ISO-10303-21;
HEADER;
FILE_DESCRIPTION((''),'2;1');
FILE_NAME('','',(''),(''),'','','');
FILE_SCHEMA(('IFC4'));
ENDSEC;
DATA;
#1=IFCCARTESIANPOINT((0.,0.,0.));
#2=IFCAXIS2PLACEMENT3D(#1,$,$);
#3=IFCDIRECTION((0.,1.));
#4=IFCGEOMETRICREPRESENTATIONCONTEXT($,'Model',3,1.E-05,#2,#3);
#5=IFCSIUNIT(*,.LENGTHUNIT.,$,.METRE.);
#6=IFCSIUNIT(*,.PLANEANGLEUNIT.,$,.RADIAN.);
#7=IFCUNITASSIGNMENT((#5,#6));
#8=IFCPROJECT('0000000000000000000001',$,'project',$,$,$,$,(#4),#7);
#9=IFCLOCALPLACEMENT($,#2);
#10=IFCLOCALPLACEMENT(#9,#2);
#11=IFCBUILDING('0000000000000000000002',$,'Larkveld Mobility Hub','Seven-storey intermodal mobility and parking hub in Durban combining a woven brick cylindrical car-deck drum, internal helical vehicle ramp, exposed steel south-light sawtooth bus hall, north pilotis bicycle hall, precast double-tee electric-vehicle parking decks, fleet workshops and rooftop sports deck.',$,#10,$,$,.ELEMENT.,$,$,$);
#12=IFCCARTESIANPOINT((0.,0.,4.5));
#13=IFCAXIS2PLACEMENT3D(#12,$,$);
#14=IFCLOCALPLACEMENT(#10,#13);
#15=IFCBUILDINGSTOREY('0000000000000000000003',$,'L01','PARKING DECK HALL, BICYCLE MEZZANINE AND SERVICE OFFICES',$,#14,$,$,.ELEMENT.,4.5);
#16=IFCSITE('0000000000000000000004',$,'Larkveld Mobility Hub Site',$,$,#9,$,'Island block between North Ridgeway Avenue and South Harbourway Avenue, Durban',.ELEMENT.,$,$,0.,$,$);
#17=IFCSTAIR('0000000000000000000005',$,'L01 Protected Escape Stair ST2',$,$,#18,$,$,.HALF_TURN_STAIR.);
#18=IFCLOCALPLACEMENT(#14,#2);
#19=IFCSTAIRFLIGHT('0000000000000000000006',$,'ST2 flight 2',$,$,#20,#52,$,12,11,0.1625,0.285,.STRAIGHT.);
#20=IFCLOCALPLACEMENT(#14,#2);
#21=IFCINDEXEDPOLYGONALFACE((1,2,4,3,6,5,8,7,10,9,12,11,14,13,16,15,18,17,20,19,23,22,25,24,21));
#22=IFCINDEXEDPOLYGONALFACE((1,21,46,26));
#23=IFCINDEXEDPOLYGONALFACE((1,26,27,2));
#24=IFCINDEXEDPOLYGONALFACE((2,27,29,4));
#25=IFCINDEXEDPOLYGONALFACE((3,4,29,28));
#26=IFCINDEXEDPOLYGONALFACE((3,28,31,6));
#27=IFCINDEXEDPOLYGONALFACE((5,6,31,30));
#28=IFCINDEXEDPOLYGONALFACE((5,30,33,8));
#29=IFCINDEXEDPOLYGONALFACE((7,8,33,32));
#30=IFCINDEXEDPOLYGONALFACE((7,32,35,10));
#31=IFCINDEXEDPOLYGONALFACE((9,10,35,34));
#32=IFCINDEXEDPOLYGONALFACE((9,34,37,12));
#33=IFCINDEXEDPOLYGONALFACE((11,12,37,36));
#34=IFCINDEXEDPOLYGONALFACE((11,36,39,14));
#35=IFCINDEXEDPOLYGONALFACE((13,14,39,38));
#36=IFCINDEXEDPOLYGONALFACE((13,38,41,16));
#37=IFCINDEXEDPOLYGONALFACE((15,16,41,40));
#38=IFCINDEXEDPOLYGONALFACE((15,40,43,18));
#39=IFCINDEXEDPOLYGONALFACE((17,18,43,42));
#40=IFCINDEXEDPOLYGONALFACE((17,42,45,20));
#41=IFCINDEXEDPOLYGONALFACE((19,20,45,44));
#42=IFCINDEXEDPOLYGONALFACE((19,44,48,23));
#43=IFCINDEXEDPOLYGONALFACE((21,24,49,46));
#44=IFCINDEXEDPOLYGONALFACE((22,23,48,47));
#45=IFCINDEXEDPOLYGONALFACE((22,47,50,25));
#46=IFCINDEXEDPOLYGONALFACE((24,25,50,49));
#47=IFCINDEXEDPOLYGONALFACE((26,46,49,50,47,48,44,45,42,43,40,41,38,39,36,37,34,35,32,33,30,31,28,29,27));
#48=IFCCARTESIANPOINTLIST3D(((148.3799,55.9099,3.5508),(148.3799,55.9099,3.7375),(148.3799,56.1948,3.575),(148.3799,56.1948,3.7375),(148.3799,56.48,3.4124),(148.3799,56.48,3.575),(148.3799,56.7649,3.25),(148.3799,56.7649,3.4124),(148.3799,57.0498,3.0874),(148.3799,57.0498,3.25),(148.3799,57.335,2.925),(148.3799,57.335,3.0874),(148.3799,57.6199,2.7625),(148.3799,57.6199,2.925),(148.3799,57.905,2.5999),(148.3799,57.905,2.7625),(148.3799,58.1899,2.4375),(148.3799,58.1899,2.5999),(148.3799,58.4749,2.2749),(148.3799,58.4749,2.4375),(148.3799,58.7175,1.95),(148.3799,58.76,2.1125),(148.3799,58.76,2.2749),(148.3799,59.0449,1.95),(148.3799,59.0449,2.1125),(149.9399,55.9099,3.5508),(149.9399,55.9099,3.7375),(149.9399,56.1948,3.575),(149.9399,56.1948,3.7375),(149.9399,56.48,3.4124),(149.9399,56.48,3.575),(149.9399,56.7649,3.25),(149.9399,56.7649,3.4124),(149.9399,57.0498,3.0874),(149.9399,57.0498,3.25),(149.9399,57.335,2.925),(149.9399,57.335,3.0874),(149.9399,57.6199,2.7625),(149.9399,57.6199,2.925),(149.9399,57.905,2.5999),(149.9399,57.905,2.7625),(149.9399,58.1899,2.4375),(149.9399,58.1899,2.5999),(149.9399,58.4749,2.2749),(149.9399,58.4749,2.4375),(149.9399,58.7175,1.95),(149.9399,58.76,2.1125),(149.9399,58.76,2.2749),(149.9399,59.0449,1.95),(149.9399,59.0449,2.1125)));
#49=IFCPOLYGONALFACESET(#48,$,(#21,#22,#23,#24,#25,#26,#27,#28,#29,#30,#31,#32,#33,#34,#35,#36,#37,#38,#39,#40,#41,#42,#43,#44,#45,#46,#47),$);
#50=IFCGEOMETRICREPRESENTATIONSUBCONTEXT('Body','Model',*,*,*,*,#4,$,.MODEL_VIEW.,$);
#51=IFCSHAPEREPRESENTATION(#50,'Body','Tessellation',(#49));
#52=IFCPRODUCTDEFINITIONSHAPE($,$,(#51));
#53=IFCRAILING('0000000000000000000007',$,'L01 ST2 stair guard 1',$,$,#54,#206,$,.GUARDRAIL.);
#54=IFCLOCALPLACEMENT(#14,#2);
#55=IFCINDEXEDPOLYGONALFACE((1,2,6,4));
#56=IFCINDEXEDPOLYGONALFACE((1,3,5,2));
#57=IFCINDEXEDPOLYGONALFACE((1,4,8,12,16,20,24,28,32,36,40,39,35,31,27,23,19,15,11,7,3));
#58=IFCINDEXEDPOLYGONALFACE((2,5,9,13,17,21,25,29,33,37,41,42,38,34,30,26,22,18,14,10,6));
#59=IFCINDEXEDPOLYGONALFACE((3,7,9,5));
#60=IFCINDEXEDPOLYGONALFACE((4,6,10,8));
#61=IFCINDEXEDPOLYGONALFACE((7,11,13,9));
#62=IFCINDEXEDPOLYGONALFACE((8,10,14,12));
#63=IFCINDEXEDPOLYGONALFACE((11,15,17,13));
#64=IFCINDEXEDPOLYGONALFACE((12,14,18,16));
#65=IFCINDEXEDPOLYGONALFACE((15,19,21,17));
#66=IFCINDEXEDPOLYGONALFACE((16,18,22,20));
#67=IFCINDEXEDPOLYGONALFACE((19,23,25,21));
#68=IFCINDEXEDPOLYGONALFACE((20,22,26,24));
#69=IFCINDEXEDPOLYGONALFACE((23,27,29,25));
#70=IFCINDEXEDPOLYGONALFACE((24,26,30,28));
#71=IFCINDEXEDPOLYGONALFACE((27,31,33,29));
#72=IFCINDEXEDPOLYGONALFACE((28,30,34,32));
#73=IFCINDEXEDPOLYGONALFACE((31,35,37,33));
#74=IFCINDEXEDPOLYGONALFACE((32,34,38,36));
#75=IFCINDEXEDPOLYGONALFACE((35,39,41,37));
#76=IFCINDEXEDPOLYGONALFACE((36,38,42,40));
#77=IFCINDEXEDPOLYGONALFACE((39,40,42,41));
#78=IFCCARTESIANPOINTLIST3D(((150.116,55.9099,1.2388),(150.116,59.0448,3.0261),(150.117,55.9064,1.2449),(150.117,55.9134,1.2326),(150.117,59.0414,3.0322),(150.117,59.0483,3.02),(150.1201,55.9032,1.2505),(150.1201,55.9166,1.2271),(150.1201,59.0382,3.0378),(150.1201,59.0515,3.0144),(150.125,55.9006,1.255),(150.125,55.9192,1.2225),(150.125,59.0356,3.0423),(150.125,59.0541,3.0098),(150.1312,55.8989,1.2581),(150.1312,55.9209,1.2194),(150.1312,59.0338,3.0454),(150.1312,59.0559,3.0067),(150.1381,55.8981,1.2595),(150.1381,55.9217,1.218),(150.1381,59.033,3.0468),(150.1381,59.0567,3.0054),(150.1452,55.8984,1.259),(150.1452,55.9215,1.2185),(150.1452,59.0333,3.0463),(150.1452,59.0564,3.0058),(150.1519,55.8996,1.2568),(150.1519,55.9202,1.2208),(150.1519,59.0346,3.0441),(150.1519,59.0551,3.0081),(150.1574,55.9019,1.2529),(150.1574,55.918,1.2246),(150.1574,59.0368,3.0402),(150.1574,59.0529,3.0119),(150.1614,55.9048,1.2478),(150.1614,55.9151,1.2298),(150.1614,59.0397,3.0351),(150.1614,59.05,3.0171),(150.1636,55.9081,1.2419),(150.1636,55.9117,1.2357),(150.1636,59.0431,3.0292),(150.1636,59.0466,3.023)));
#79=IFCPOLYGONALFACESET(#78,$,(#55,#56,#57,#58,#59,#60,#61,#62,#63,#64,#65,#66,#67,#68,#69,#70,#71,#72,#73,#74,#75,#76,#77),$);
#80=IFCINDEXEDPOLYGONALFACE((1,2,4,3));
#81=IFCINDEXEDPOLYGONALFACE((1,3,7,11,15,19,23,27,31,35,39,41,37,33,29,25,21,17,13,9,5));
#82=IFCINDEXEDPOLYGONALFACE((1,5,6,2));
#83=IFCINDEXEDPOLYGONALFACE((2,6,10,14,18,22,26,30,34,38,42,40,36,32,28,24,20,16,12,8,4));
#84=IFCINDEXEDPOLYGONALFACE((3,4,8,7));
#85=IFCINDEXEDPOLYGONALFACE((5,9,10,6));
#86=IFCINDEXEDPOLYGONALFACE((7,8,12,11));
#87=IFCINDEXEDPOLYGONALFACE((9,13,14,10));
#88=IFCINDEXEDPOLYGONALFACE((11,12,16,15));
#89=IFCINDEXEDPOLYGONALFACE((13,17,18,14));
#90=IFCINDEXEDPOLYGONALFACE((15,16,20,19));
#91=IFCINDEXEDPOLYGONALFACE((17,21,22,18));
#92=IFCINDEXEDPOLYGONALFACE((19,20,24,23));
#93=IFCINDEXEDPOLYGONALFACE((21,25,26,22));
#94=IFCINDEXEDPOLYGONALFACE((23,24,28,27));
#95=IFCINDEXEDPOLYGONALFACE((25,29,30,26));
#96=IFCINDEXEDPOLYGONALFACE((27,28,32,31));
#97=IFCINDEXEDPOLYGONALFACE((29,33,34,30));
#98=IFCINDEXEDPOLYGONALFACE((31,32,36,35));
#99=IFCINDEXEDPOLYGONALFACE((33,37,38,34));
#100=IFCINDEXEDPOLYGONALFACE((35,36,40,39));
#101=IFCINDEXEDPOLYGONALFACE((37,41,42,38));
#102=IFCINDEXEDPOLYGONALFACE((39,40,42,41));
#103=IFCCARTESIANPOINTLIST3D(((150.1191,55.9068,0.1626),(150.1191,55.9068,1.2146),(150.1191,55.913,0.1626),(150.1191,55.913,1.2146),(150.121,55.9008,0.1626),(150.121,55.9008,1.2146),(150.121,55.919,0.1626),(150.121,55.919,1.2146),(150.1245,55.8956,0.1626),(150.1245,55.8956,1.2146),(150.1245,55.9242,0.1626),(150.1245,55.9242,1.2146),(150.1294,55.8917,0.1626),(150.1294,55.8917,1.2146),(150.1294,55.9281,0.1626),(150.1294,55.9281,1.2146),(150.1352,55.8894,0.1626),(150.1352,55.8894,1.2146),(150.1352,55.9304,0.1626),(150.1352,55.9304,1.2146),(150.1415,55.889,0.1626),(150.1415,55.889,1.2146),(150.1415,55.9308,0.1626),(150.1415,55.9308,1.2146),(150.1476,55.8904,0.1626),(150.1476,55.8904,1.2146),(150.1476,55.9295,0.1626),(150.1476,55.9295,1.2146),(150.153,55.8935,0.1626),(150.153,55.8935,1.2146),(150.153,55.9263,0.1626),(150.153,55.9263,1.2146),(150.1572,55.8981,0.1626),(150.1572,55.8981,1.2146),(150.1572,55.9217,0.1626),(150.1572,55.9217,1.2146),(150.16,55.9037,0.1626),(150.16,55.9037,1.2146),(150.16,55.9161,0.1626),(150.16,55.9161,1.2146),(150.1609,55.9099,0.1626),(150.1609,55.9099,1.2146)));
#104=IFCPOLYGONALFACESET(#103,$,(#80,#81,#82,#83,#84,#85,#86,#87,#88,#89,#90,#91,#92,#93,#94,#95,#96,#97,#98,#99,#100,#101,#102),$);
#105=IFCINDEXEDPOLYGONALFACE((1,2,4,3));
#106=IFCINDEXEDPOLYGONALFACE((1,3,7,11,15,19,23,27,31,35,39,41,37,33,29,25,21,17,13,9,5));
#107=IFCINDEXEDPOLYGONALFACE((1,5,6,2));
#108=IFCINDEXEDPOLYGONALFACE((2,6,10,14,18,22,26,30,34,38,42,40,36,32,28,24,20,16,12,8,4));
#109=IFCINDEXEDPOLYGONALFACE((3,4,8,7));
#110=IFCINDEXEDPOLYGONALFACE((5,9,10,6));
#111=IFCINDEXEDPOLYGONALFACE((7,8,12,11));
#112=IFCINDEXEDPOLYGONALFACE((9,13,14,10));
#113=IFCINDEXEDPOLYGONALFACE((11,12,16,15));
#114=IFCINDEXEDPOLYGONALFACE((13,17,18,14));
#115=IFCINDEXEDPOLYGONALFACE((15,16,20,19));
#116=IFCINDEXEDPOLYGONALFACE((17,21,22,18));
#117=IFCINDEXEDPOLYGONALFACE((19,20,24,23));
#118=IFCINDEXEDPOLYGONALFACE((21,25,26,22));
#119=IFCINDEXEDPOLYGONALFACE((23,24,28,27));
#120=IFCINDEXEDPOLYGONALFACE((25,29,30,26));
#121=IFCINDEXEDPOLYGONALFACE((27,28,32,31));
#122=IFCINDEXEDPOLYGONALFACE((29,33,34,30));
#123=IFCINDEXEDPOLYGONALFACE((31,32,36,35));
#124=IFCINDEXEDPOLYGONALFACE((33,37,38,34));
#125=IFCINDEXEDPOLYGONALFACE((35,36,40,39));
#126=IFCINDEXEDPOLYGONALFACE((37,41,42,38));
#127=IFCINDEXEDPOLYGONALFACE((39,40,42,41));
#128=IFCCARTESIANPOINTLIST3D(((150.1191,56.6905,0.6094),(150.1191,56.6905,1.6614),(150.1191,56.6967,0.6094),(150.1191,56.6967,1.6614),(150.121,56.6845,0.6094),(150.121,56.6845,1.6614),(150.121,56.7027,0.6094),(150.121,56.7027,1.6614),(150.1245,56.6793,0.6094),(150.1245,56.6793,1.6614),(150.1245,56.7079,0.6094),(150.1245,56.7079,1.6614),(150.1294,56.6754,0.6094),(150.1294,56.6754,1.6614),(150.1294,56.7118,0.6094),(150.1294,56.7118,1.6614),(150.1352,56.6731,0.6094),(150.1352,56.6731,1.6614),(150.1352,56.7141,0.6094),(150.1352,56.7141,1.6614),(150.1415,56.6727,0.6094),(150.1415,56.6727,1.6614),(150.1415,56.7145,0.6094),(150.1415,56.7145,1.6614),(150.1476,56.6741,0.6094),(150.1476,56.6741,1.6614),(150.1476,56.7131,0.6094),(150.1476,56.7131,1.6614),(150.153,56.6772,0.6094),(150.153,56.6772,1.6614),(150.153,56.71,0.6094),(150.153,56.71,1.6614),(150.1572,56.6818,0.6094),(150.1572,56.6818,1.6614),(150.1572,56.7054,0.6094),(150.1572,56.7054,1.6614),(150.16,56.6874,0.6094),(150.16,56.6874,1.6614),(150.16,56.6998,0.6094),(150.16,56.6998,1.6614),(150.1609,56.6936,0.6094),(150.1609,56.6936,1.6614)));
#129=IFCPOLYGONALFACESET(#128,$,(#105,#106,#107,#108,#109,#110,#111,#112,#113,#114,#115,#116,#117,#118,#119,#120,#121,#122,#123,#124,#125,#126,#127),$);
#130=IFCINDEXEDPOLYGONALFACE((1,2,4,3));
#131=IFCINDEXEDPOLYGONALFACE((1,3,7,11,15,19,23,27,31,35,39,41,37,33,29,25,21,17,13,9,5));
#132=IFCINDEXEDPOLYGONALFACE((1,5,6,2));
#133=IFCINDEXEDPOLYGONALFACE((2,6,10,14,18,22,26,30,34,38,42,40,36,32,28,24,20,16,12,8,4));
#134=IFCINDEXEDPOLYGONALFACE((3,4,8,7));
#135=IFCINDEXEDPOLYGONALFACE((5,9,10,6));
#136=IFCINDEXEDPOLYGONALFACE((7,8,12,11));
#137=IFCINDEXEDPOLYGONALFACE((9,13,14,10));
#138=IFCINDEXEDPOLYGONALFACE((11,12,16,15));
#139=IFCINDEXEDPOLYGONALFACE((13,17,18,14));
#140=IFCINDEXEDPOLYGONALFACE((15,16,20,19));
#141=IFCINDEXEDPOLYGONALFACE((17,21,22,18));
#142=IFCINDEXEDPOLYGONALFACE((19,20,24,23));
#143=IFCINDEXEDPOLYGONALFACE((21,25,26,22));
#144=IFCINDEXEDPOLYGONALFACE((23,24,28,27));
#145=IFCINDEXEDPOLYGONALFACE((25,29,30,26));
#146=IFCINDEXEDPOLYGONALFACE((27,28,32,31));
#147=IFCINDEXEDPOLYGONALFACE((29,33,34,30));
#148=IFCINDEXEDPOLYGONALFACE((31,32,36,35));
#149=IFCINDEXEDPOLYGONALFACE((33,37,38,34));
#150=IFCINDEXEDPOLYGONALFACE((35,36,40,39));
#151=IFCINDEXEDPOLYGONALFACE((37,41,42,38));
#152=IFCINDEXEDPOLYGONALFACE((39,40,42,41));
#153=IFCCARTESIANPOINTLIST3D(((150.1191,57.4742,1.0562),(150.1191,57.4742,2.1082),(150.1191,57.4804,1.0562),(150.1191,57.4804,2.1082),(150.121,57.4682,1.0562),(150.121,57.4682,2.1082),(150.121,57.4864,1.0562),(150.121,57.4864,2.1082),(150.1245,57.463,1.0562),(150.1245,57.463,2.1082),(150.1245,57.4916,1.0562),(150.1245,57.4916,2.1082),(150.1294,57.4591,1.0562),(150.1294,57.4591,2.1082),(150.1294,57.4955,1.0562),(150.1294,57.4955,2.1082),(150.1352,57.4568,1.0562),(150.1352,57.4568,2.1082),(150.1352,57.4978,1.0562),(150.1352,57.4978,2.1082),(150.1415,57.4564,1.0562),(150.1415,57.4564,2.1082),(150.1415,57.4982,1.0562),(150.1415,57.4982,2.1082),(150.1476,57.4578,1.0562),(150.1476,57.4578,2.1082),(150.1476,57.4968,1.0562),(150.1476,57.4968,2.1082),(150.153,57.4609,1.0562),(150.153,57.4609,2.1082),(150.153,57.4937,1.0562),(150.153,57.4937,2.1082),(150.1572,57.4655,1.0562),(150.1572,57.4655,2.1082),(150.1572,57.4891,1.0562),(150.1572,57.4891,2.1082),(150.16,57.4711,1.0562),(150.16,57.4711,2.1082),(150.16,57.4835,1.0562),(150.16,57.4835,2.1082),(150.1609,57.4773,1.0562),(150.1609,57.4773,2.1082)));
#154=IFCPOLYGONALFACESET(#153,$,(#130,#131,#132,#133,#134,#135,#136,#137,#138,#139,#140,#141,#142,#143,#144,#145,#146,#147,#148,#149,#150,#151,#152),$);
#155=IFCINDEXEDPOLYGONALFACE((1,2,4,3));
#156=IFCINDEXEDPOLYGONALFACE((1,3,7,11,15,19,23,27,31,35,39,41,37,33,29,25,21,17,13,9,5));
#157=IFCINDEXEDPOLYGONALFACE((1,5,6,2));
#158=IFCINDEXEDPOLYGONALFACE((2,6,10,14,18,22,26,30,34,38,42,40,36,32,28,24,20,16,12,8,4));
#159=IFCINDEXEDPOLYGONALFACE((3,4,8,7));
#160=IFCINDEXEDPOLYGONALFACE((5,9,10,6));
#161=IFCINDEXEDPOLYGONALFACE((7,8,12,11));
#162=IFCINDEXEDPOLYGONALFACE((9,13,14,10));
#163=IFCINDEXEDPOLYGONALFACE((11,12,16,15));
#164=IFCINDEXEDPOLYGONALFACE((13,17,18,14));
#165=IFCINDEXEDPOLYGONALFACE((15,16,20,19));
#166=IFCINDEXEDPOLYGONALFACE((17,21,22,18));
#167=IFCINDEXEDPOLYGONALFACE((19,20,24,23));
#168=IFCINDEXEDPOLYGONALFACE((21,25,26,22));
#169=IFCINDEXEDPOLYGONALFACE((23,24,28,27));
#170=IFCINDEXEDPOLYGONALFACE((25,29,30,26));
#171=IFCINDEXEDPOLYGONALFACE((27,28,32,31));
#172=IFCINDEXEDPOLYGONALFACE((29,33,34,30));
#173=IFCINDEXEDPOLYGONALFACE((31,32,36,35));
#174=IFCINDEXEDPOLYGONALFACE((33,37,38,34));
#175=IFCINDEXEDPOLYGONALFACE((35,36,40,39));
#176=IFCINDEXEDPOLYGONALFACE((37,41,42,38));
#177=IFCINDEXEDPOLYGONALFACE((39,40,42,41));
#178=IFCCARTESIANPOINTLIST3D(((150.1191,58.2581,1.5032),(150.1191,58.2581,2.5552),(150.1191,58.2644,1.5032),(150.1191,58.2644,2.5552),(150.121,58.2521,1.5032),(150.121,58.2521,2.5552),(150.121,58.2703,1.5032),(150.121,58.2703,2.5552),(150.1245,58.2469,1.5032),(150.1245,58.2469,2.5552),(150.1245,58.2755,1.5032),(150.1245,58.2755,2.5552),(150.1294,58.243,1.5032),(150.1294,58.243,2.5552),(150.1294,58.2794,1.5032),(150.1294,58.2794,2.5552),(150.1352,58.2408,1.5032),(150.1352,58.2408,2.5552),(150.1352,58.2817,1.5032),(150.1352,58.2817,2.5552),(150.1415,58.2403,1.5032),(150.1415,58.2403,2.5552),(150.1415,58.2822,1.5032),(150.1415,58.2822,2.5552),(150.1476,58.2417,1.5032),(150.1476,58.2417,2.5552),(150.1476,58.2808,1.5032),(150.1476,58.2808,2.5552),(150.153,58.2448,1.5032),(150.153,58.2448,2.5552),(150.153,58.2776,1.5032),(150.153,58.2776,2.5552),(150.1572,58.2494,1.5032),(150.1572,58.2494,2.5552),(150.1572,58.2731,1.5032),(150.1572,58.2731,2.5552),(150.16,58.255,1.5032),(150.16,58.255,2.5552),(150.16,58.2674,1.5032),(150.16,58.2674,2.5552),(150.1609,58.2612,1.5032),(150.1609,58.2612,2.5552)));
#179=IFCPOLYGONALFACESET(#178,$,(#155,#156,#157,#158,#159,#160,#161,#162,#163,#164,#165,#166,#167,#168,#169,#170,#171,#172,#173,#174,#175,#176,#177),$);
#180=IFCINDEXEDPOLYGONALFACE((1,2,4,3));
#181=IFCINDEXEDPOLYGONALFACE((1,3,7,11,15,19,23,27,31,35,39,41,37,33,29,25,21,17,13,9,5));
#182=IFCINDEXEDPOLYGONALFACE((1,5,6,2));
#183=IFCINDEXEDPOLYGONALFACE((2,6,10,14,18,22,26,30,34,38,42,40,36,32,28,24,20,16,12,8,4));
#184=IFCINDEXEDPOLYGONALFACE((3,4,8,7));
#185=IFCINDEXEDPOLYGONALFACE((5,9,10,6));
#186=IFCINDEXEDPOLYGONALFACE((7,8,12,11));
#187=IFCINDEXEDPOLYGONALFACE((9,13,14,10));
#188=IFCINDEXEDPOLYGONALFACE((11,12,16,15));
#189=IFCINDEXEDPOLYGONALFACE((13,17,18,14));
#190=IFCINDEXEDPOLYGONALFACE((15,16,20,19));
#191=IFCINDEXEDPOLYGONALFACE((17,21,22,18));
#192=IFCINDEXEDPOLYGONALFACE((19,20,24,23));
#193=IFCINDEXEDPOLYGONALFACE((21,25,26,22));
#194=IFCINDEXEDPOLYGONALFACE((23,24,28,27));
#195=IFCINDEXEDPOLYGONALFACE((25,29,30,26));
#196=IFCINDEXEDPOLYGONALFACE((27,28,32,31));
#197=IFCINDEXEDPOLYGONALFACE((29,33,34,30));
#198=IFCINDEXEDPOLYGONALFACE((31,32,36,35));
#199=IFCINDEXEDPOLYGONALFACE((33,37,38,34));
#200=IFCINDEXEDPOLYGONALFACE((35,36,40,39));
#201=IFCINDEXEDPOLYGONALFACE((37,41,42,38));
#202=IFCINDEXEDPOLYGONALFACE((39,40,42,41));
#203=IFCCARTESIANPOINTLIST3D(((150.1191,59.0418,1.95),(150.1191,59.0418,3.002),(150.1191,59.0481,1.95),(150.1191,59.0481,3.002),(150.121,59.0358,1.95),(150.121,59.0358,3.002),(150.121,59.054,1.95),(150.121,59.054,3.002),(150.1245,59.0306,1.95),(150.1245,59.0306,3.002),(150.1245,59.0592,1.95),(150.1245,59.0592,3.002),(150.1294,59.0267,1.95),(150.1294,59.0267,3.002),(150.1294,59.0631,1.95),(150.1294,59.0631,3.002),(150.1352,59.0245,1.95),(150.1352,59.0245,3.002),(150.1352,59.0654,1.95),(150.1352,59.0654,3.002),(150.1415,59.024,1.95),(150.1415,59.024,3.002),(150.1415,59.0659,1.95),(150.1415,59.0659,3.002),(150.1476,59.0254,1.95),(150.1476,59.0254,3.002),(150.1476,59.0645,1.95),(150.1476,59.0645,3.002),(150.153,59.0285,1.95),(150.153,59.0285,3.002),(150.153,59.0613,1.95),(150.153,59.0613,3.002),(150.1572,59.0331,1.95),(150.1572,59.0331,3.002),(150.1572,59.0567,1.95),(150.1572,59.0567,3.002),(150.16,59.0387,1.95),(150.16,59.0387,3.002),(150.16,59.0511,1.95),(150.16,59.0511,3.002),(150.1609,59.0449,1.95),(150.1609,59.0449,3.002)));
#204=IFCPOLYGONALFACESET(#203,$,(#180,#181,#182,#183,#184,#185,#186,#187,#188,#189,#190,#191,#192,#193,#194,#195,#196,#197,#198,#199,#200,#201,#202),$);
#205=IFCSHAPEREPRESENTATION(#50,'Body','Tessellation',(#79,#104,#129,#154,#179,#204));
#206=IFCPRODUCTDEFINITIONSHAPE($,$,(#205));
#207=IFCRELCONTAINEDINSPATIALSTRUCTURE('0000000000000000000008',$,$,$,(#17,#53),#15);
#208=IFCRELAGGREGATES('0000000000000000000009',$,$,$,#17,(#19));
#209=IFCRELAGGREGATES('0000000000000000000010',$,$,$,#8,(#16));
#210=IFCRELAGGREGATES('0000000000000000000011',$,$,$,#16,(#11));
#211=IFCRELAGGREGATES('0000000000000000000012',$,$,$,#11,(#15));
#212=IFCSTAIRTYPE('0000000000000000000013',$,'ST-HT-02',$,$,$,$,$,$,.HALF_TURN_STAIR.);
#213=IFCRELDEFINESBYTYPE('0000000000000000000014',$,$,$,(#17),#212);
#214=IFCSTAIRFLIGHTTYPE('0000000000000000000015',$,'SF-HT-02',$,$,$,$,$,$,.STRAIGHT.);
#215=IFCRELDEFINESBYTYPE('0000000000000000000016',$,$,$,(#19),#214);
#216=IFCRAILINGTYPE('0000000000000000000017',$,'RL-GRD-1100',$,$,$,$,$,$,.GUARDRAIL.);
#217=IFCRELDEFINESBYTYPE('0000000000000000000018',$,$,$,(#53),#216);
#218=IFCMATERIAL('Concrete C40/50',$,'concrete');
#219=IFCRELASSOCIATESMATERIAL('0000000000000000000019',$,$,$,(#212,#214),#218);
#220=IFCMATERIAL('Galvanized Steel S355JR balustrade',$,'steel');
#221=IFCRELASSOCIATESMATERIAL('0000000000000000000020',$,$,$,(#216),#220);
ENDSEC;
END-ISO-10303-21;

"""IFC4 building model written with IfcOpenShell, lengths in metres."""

from ifc_helpers import new_model, si_unit, direction, frame, origin, origin_2d, place, context, subcontext, project, spatial, polyline, circle, outline, extrude, material, type_object, element, aggregate, save


model = new_model("IFC4")

# Units and contexts
model_context = context("Model", 3, precision=1e-05, world=origin(), true_north=direction((0.0, 1.0)))
body_context = subcontext(model_context, "Body", "Model", "MODEL_VIEW")
ifc_project = project(units=[si_unit("LENGTHUNIT", "METRE"), si_unit("PLANEANGLEUNIT", "RADIAN")], contexts=[model_context])

# Site, building, storey
site_placement = place(None, origin())
site = spatial("IfcSite", under=ifc_project, at=site_placement, Name="Larkveld Mobility Hub Site", LongName="Island block between North Ridgeway Avenue and South Harbourway Avenue, Durban", CompositionType="ELEMENT", RefElevation=0.0)
building_placement = place(site_placement, origin())
building = spatial("IfcBuilding", under=site, at=building_placement, Name="Larkveld Mobility Hub", Description="Seven-storey intermodal mobility and parking hub in Durban combining a woven brick cylindrical car-deck drum, internal helical vehicle ramp, exposed steel south-light sawtooth bus hall, north pilotis bicycle hall, precast double-tee electric-vehicle parking decks, fleet workshops and rooftop sports deck.", CompositionType="ELEMENT")
storey_placement = place(building_placement, frame((0.0, 0.0, 4.5)))
storey = spatial("IfcBuildingStorey", under=building, at=storey_placement, Name="L01", Description="PARKING DECK HALL, BICYCLE MEZZANINE AND SERVICE OFFICES", CompositionType="ELEMENT", Elevation=4.5)

# Shared definitions
ifc_material_1 = material(Name="Concrete C40/50", Category="concrete")

# Stair, stair flight
stair_type = type_object("IfcStairType", Name="ST-HT-02", PredefinedType="HALF_TURN_STAIR", material=ifc_material_1)
stair_placement = place(storey_placement, origin())
stair = element("IfcStair", 1, at=stair_placement, inside=storey, type_object=stair_type, Name="L01 Protected Escape Stair ST2", PredefinedType="HALF_TURN_STAIR")
stair_flight_type = type_object("IfcStairFlightType", Name="SF-HT-02", PredefinedType="STRAIGHT", material=ifc_material_1)
stair_flight_1_placement = place(storey_placement, frame((149.1599, 59.0449, 1.95), z_axis=(0.0, 0.0, 1.0), x_axis=(0.0, -1.0, 0.0)))
stair_flight_1 = element("IfcStairFlight", 2, at=stair_flight_1_placement, type_object=stair_flight_type, Name="ST2 flight 2", NumberOfRisers=12, NumberOfTreads=11, PredefinedType="STRAIGHT", RiserHeight=0.1625, TreadLength=0.285, context=body_context, shape_type="SweptSolid", body=[
    extrude(outline(polyline([(0.0, 0.0), (0.0, 0.1626), (0.2849, 0.1626), (0.2849, 0.325), (0.5701, 0.325), (0.5701, 0.4875), (0.855, 0.4875), (0.855, 0.6499), (1.1399, 0.6499), (1.1399, 0.8125), (1.425, 0.8125), (1.425, 0.9751), (1.71, 0.9751), (1.71, 1.1375), (1.9951, 1.1375), (1.9951, 1.3), (2.28, 1.3), (2.28, 1.4624), (2.5649, 1.4624), (2.5649, 1.625), (2.8501, 1.625), (2.8501, 1.7876), (3.135, 1.7876), (3.135, 1.95), (3.135, 1.6008), (0.3274, 0.0), (0.0, 0.0)])), frame((0.0, 0.78, 0.0), z_axis=(0.0, -1.0, 0.0), x_axis=(1.0, 0.0, 0.0)), (0.0, 0.0, 1.0), 1.5601),
])
aggregate(stair, [stair_flight_1])

# Railing
ifc_material_2 = material(Name="Galvanized Steel S355JR balustrade", Category="steel")
railing_type_1 = type_object("IfcRailingType", Name="RL-GRD-1100", PredefinedType="GUARDRAIL", material=ifc_material_2)
railing_1_placement = place(storey_placement, frame((150.1399, 55.9099, 0.1626)))
element("IfcRailing", 3, at=railing_1_placement, inside=storey, type_object=railing_type_1, Name="L01 ST2 stair guard 1", PredefinedType="GUARDRAIL", context=body_context, shape_type="SweptSolid", body=[
    extrude(circle(Radius=0.0239, at=origin_2d()), frame((0.0, 0.0, 1.0762), z_axis=(0.0, 0.86873, 0.495286), x_axis=(-1.0, 0.0, 0.0)), (0.0, 0.0, 1.0), 3.6086),
    extrude(circle(Radius=0.021, at=origin_2d()), origin(), (0.0, 0.0, 1.0), 1.052),
    extrude(circle(Radius=0.021, at=origin_2d()), frame((0.0, 0.7837, 0.4468)), (0.0, 0.0, 1.0), 1.052),
    extrude(circle(Radius=0.021, at=origin_2d()), frame((0.0, 1.5674, 0.8936)), (0.0, 0.0, 1.0), 1.052),
    extrude(circle(Radius=0.021, at=origin_2d()), frame((0.0, 2.3513, 1.3406)), (0.0, 0.0, 1.0), 1.052),
    extrude(circle(Radius=0.021, at=origin_2d()), frame((0.0, 3.135, 1.7874)), (0.0, 0.0, 1.0), 1.052),
])

save(model, "model.ifc")
